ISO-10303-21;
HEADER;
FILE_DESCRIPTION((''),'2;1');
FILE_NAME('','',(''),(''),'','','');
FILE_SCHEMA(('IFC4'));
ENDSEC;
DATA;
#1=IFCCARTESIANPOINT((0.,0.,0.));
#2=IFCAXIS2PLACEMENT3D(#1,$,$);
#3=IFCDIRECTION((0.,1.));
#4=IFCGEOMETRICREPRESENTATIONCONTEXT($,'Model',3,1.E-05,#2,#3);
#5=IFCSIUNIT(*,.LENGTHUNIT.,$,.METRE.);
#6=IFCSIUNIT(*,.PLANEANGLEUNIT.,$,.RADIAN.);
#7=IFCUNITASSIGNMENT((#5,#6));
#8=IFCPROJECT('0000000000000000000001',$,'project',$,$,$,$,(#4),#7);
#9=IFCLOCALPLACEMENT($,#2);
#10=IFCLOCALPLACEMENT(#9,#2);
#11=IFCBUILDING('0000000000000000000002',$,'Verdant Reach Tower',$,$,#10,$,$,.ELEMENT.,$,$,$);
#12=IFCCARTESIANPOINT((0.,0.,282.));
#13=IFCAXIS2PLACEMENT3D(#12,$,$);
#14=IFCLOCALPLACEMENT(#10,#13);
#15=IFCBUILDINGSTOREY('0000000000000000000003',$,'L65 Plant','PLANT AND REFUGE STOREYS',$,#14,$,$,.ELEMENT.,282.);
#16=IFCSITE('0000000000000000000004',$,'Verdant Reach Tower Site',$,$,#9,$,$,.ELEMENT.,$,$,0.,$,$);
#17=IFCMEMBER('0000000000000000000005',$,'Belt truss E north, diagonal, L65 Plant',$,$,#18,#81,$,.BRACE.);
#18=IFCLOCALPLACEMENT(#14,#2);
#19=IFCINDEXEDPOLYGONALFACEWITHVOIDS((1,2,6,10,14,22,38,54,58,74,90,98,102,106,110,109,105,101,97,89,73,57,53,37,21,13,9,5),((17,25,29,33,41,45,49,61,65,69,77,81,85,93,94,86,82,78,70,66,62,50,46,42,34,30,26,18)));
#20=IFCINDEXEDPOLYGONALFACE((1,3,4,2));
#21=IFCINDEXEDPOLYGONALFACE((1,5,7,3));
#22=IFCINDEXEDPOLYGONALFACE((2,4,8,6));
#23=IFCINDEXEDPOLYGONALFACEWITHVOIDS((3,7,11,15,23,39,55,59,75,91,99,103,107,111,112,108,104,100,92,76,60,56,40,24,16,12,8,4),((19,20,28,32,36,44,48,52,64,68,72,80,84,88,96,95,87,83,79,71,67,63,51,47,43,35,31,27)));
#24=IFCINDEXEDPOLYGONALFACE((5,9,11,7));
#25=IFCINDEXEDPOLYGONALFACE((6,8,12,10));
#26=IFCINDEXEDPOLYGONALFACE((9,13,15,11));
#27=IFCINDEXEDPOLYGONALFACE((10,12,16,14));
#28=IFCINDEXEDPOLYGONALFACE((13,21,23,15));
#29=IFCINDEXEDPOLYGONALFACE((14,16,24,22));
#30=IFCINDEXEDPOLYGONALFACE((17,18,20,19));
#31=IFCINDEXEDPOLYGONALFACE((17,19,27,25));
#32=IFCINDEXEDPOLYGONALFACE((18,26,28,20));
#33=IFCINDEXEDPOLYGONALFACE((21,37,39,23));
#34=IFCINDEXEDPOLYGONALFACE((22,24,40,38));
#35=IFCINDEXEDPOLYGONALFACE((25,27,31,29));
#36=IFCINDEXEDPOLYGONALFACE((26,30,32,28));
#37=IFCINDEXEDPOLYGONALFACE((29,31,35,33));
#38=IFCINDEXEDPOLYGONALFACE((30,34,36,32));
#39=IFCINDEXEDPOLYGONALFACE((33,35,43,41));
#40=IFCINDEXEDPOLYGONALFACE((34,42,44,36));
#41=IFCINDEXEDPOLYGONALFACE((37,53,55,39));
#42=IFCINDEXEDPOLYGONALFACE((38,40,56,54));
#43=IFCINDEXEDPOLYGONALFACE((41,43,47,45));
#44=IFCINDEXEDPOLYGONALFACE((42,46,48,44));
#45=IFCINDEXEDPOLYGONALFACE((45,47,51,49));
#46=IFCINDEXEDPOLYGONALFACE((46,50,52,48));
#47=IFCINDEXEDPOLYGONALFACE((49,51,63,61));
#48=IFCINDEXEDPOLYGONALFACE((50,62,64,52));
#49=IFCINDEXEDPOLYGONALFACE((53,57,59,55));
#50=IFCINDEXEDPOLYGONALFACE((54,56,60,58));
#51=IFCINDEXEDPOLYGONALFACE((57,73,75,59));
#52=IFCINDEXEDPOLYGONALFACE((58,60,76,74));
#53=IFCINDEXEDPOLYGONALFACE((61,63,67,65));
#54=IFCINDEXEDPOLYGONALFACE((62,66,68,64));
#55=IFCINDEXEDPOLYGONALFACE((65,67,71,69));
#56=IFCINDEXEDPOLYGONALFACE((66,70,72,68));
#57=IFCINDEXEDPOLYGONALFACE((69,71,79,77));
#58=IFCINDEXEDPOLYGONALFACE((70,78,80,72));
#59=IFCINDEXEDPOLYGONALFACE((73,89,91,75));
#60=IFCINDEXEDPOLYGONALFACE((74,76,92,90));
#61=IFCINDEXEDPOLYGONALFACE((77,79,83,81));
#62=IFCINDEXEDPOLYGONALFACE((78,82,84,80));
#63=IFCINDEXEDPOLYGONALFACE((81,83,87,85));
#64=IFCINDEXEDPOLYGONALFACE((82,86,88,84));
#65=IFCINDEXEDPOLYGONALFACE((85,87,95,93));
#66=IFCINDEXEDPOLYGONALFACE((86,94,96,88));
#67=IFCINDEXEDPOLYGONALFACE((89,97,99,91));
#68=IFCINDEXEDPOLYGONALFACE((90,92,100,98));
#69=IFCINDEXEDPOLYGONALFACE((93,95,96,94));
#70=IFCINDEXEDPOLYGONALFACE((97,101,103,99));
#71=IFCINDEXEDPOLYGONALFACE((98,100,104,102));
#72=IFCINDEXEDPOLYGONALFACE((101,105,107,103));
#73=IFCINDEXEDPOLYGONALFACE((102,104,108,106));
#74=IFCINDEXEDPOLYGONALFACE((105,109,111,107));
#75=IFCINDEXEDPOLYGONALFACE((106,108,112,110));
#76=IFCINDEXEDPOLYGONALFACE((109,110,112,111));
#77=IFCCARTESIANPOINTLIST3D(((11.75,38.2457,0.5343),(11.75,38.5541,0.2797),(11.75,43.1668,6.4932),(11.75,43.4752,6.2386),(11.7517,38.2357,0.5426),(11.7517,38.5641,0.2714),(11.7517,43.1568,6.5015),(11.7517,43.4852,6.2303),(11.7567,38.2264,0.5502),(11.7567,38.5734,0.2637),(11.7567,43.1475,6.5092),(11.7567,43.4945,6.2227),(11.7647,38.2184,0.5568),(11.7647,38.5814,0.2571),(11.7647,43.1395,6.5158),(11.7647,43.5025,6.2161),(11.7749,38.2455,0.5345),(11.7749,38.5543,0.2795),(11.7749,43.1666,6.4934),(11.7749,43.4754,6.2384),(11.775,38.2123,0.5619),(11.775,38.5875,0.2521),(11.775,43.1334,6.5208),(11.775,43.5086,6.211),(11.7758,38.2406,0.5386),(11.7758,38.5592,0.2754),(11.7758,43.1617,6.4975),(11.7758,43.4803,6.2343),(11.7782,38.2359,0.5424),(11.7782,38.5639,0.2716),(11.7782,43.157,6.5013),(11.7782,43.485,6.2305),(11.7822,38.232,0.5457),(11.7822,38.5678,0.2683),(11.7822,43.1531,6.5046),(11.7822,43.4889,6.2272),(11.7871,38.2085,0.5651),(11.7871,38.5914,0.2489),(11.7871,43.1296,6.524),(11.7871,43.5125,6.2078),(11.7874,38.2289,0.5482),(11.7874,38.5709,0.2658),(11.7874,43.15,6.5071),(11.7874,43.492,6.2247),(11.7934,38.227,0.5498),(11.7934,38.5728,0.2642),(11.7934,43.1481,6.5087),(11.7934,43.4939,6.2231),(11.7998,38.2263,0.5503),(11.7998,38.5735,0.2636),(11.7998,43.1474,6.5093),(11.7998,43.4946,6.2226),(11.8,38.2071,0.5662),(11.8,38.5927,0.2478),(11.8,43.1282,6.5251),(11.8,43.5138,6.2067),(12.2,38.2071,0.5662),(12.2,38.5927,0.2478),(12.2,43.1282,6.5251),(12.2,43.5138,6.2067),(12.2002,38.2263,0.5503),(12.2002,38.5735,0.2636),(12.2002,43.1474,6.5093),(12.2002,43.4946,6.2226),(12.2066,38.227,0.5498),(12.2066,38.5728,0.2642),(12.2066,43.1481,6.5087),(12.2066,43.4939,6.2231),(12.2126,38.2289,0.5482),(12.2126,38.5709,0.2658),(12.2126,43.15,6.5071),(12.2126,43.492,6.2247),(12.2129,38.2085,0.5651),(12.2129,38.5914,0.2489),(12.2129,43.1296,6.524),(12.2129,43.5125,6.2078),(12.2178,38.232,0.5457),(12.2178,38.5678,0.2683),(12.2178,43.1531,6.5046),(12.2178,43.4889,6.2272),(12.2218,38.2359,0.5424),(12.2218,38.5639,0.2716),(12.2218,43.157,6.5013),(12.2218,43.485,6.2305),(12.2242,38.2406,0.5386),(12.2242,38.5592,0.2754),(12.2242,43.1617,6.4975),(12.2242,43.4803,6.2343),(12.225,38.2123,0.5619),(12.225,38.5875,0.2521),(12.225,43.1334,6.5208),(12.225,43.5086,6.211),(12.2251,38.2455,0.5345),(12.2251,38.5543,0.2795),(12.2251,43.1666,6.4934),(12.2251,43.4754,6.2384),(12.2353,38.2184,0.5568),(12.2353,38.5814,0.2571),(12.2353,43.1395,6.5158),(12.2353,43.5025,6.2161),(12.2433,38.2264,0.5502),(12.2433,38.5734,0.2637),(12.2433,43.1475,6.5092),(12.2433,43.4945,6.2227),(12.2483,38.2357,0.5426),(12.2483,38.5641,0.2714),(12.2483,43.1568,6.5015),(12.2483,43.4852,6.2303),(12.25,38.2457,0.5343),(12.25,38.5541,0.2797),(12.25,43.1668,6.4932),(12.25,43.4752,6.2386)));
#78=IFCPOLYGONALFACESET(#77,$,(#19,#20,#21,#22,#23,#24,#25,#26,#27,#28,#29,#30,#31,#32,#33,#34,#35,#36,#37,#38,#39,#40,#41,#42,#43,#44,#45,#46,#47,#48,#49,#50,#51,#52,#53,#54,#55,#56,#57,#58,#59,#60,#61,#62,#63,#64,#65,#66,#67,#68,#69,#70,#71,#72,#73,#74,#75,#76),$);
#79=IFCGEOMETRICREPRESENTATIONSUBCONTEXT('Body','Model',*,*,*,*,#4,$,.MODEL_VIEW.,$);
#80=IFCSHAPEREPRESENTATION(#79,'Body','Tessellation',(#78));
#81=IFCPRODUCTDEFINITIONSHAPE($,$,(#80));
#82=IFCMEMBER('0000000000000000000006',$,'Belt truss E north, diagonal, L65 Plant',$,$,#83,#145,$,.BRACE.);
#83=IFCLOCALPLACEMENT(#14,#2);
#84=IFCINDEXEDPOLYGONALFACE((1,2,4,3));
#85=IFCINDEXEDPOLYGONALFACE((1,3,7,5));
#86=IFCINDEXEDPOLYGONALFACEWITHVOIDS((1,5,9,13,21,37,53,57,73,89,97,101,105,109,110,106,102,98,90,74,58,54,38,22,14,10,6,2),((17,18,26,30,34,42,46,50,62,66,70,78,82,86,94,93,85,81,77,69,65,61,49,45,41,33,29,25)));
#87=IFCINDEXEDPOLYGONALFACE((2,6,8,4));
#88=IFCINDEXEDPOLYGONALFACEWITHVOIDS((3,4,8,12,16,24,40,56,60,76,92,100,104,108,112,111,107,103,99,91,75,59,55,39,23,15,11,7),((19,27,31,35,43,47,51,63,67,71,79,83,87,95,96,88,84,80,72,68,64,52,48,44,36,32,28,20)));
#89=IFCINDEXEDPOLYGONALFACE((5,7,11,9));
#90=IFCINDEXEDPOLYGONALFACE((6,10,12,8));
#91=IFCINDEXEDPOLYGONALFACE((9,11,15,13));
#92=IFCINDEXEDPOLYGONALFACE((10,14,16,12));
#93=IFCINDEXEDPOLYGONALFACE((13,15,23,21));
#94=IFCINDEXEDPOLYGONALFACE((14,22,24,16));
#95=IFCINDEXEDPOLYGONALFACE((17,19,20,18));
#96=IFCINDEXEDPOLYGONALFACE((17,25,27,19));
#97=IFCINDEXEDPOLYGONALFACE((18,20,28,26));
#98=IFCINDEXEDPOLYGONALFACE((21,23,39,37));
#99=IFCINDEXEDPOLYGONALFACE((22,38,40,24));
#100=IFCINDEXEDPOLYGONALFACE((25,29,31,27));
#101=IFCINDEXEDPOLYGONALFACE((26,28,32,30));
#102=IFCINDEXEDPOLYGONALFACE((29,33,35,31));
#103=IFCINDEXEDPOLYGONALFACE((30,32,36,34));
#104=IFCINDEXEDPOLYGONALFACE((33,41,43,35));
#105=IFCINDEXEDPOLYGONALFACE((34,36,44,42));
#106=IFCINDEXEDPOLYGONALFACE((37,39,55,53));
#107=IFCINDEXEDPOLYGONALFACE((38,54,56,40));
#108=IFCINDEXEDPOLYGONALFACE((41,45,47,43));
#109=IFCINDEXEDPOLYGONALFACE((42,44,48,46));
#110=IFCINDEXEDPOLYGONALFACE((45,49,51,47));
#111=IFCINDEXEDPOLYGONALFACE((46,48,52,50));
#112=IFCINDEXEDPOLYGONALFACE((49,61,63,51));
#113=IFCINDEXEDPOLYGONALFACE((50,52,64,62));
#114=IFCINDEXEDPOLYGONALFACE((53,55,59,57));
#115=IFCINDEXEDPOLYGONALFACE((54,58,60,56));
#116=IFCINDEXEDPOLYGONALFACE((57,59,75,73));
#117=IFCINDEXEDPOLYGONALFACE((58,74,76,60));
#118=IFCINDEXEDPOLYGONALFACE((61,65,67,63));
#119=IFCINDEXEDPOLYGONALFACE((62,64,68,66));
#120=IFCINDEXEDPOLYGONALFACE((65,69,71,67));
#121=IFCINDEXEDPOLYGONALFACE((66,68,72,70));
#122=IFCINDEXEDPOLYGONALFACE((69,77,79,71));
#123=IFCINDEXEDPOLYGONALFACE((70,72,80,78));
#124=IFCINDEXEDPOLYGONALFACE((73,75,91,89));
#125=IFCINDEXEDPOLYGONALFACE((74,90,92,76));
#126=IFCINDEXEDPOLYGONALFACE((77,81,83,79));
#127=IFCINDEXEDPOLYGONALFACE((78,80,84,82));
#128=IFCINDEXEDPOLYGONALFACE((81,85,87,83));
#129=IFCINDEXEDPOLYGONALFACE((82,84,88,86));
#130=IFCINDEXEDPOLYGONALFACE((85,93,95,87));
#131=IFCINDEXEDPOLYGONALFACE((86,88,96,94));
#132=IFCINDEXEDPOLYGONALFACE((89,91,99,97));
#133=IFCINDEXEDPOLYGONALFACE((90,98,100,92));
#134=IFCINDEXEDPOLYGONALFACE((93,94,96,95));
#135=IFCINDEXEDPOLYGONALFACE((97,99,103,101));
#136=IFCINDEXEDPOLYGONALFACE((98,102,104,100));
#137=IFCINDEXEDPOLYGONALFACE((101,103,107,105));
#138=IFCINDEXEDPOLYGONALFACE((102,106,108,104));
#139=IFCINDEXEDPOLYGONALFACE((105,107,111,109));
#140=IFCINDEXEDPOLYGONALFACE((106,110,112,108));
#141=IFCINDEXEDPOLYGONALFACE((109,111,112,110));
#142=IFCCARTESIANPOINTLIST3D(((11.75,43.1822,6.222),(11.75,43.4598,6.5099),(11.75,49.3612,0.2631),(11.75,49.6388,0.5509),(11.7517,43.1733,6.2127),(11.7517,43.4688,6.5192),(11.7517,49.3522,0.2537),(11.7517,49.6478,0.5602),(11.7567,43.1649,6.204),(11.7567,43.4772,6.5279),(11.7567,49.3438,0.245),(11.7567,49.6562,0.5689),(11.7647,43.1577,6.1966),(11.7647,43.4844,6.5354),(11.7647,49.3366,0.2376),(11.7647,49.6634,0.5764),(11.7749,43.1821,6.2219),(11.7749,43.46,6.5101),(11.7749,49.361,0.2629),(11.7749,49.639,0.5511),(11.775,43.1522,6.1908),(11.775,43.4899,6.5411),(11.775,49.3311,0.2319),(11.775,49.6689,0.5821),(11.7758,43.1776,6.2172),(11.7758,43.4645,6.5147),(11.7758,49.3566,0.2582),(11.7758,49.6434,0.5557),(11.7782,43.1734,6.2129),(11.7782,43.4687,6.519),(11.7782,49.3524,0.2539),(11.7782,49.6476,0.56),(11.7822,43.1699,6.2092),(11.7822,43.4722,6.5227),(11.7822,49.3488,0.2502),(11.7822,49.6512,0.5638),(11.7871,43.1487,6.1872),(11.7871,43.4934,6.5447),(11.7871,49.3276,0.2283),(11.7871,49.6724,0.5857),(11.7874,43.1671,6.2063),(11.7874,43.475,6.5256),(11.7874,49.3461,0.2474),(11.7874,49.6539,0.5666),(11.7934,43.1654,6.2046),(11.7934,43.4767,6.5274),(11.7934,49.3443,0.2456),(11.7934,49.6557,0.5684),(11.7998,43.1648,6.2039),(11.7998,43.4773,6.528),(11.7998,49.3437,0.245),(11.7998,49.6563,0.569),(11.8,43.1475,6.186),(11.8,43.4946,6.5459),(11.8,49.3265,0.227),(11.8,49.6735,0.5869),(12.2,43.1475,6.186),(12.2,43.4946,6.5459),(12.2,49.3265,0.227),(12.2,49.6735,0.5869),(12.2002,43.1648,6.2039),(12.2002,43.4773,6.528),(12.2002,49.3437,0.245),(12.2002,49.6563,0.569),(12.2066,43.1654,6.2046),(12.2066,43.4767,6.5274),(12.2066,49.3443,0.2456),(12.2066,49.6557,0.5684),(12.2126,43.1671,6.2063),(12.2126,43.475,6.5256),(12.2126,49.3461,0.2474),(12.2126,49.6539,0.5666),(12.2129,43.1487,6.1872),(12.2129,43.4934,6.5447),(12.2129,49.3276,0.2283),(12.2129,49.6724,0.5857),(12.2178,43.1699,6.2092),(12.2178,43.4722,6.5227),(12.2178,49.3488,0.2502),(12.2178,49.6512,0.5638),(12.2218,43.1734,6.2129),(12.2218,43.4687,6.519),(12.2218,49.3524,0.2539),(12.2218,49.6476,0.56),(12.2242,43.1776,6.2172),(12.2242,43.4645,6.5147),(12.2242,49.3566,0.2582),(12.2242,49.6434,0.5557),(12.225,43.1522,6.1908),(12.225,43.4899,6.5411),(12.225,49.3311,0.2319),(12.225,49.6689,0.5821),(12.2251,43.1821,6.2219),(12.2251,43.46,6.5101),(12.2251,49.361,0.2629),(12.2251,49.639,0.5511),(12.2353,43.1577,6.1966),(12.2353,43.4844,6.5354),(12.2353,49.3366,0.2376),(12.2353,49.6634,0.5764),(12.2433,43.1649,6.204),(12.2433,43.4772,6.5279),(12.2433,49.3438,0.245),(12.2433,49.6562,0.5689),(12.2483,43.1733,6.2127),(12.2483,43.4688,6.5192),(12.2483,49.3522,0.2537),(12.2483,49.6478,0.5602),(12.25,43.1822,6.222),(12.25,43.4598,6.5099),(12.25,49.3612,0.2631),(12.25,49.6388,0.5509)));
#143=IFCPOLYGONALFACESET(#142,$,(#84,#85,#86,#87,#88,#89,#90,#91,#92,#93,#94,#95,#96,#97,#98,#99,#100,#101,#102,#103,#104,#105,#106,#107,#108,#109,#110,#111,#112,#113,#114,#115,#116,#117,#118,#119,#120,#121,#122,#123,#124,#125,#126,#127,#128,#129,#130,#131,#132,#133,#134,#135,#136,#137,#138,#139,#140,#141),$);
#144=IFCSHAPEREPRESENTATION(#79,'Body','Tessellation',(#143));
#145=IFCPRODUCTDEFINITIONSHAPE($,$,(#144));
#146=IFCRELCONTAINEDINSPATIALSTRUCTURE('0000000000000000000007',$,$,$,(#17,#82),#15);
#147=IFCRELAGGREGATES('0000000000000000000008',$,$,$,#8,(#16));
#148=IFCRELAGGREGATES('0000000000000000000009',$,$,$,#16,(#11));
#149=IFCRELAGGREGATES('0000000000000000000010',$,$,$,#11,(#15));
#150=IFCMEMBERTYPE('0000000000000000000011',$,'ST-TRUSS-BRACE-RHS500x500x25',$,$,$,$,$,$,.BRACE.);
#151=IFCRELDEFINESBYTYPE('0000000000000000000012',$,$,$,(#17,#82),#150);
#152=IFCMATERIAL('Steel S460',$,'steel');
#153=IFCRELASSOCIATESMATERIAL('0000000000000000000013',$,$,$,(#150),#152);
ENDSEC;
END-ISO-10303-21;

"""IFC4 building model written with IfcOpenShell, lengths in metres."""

from ifc_helpers import new_model, si_unit, direction, frame, origin, origin_2d, place, context, subcontext, project, spatial, hollow_rectangle, extrude, material, material_profile, profile_set, type_object, element, save


model = new_model("IFC4")

# Units and contexts
model_context = context("Model", 3, precision=1e-05, world=origin(), true_north=direction((0.0, 1.0)))
body_context = subcontext(model_context, "Body", "Model", "MODEL_VIEW")
ifc_project = project(units=[si_unit("LENGTHUNIT", "METRE"), si_unit("PLANEANGLEUNIT", "RADIAN")], contexts=[model_context])

# Site, building, storey
site_placement = place(None, origin())
site = spatial("IfcSite", under=ifc_project, at=site_placement, Name="Verdant Reach Tower Site", CompositionType="ELEMENT", RefElevation=0.0)
building_placement = place(site_placement, origin())
building = spatial("IfcBuilding", under=site, at=building_placement, Name="Verdant Reach Tower", CompositionType="ELEMENT")
storey_placement = place(building_placement, frame((0.0, 0.0, 282.0)))
storey = spatial("IfcBuildingStorey", under=building, at=storey_placement, Name="L65 Plant", Description="PLANT AND REFUGE STOREYS", CompositionType="ELEMENT", Elevation=282.0)

# Shared definitions
ifc_material_1 = material(Name="Steel S460", Category="steel")

# Members
ifc_material_profile_1 = material_profile(ifc_material_1, hollow_rectangle(XDim=0.5, YDim=0.5, WallThickness=0.0249, InnerFilletRadius=0.0249, OuterFilletRadius=0.05, at=origin_2d()), Name="RHS 500x500x25")
ifc_profile_set_1 = profile_set([ifc_material_profile_1], Name="Steel S460")
member_type_1 = type_object("IfcMemberType", Name="ST-TRUSS-BRACE-RHS500x500x25", PredefinedType="BRACE", material=ifc_profile_set_1)
member_1_placement = place(storey_placement, frame((12.0, 38.3999, 0.407), z_axis=(0.0, 0.636766, 0.771057), x_axis=(-1.0, 0.0, 0.0)))
element("IfcMember", 1, at=member_1_placement, inside=storey, type_object=member_type_1, Name="Belt truss E north, diagonal, L65 Plant", PredefinedType="BRACE", context=body_context, shape_type="SweptSolid", body=[
    extrude(hollow_rectangle(XDim=0.5, YDim=0.5, WallThickness=0.0249, InnerFilletRadius=0.0249, OuterFilletRadius=0.05, at=origin_2d()), origin(), (0.0, 0.0, 1.0), 7.7283),
])
member_2_placement = place(storey_placement, frame((12.0, 43.321, 6.366), z_axis=(0.0, 0.719803, -0.694178), x_axis=(-1.0, 0.0, 0.0)))
element("IfcMember", 2, at=member_2_placement, inside=storey, type_object=member_type_1, Name="Belt truss E north, diagonal, L65 Plant", PredefinedType="BRACE", context=body_context, shape_type="SweptSolid", body=[
    extrude(hollow_rectangle(XDim=0.5, YDim=0.5, WallThickness=0.0249, InnerFilletRadius=0.0249, OuterFilletRadius=0.05, at=origin_2d()), origin(), (0.0, 0.0, 1.0), 8.5842),
])

save(model, "model.ifc")
